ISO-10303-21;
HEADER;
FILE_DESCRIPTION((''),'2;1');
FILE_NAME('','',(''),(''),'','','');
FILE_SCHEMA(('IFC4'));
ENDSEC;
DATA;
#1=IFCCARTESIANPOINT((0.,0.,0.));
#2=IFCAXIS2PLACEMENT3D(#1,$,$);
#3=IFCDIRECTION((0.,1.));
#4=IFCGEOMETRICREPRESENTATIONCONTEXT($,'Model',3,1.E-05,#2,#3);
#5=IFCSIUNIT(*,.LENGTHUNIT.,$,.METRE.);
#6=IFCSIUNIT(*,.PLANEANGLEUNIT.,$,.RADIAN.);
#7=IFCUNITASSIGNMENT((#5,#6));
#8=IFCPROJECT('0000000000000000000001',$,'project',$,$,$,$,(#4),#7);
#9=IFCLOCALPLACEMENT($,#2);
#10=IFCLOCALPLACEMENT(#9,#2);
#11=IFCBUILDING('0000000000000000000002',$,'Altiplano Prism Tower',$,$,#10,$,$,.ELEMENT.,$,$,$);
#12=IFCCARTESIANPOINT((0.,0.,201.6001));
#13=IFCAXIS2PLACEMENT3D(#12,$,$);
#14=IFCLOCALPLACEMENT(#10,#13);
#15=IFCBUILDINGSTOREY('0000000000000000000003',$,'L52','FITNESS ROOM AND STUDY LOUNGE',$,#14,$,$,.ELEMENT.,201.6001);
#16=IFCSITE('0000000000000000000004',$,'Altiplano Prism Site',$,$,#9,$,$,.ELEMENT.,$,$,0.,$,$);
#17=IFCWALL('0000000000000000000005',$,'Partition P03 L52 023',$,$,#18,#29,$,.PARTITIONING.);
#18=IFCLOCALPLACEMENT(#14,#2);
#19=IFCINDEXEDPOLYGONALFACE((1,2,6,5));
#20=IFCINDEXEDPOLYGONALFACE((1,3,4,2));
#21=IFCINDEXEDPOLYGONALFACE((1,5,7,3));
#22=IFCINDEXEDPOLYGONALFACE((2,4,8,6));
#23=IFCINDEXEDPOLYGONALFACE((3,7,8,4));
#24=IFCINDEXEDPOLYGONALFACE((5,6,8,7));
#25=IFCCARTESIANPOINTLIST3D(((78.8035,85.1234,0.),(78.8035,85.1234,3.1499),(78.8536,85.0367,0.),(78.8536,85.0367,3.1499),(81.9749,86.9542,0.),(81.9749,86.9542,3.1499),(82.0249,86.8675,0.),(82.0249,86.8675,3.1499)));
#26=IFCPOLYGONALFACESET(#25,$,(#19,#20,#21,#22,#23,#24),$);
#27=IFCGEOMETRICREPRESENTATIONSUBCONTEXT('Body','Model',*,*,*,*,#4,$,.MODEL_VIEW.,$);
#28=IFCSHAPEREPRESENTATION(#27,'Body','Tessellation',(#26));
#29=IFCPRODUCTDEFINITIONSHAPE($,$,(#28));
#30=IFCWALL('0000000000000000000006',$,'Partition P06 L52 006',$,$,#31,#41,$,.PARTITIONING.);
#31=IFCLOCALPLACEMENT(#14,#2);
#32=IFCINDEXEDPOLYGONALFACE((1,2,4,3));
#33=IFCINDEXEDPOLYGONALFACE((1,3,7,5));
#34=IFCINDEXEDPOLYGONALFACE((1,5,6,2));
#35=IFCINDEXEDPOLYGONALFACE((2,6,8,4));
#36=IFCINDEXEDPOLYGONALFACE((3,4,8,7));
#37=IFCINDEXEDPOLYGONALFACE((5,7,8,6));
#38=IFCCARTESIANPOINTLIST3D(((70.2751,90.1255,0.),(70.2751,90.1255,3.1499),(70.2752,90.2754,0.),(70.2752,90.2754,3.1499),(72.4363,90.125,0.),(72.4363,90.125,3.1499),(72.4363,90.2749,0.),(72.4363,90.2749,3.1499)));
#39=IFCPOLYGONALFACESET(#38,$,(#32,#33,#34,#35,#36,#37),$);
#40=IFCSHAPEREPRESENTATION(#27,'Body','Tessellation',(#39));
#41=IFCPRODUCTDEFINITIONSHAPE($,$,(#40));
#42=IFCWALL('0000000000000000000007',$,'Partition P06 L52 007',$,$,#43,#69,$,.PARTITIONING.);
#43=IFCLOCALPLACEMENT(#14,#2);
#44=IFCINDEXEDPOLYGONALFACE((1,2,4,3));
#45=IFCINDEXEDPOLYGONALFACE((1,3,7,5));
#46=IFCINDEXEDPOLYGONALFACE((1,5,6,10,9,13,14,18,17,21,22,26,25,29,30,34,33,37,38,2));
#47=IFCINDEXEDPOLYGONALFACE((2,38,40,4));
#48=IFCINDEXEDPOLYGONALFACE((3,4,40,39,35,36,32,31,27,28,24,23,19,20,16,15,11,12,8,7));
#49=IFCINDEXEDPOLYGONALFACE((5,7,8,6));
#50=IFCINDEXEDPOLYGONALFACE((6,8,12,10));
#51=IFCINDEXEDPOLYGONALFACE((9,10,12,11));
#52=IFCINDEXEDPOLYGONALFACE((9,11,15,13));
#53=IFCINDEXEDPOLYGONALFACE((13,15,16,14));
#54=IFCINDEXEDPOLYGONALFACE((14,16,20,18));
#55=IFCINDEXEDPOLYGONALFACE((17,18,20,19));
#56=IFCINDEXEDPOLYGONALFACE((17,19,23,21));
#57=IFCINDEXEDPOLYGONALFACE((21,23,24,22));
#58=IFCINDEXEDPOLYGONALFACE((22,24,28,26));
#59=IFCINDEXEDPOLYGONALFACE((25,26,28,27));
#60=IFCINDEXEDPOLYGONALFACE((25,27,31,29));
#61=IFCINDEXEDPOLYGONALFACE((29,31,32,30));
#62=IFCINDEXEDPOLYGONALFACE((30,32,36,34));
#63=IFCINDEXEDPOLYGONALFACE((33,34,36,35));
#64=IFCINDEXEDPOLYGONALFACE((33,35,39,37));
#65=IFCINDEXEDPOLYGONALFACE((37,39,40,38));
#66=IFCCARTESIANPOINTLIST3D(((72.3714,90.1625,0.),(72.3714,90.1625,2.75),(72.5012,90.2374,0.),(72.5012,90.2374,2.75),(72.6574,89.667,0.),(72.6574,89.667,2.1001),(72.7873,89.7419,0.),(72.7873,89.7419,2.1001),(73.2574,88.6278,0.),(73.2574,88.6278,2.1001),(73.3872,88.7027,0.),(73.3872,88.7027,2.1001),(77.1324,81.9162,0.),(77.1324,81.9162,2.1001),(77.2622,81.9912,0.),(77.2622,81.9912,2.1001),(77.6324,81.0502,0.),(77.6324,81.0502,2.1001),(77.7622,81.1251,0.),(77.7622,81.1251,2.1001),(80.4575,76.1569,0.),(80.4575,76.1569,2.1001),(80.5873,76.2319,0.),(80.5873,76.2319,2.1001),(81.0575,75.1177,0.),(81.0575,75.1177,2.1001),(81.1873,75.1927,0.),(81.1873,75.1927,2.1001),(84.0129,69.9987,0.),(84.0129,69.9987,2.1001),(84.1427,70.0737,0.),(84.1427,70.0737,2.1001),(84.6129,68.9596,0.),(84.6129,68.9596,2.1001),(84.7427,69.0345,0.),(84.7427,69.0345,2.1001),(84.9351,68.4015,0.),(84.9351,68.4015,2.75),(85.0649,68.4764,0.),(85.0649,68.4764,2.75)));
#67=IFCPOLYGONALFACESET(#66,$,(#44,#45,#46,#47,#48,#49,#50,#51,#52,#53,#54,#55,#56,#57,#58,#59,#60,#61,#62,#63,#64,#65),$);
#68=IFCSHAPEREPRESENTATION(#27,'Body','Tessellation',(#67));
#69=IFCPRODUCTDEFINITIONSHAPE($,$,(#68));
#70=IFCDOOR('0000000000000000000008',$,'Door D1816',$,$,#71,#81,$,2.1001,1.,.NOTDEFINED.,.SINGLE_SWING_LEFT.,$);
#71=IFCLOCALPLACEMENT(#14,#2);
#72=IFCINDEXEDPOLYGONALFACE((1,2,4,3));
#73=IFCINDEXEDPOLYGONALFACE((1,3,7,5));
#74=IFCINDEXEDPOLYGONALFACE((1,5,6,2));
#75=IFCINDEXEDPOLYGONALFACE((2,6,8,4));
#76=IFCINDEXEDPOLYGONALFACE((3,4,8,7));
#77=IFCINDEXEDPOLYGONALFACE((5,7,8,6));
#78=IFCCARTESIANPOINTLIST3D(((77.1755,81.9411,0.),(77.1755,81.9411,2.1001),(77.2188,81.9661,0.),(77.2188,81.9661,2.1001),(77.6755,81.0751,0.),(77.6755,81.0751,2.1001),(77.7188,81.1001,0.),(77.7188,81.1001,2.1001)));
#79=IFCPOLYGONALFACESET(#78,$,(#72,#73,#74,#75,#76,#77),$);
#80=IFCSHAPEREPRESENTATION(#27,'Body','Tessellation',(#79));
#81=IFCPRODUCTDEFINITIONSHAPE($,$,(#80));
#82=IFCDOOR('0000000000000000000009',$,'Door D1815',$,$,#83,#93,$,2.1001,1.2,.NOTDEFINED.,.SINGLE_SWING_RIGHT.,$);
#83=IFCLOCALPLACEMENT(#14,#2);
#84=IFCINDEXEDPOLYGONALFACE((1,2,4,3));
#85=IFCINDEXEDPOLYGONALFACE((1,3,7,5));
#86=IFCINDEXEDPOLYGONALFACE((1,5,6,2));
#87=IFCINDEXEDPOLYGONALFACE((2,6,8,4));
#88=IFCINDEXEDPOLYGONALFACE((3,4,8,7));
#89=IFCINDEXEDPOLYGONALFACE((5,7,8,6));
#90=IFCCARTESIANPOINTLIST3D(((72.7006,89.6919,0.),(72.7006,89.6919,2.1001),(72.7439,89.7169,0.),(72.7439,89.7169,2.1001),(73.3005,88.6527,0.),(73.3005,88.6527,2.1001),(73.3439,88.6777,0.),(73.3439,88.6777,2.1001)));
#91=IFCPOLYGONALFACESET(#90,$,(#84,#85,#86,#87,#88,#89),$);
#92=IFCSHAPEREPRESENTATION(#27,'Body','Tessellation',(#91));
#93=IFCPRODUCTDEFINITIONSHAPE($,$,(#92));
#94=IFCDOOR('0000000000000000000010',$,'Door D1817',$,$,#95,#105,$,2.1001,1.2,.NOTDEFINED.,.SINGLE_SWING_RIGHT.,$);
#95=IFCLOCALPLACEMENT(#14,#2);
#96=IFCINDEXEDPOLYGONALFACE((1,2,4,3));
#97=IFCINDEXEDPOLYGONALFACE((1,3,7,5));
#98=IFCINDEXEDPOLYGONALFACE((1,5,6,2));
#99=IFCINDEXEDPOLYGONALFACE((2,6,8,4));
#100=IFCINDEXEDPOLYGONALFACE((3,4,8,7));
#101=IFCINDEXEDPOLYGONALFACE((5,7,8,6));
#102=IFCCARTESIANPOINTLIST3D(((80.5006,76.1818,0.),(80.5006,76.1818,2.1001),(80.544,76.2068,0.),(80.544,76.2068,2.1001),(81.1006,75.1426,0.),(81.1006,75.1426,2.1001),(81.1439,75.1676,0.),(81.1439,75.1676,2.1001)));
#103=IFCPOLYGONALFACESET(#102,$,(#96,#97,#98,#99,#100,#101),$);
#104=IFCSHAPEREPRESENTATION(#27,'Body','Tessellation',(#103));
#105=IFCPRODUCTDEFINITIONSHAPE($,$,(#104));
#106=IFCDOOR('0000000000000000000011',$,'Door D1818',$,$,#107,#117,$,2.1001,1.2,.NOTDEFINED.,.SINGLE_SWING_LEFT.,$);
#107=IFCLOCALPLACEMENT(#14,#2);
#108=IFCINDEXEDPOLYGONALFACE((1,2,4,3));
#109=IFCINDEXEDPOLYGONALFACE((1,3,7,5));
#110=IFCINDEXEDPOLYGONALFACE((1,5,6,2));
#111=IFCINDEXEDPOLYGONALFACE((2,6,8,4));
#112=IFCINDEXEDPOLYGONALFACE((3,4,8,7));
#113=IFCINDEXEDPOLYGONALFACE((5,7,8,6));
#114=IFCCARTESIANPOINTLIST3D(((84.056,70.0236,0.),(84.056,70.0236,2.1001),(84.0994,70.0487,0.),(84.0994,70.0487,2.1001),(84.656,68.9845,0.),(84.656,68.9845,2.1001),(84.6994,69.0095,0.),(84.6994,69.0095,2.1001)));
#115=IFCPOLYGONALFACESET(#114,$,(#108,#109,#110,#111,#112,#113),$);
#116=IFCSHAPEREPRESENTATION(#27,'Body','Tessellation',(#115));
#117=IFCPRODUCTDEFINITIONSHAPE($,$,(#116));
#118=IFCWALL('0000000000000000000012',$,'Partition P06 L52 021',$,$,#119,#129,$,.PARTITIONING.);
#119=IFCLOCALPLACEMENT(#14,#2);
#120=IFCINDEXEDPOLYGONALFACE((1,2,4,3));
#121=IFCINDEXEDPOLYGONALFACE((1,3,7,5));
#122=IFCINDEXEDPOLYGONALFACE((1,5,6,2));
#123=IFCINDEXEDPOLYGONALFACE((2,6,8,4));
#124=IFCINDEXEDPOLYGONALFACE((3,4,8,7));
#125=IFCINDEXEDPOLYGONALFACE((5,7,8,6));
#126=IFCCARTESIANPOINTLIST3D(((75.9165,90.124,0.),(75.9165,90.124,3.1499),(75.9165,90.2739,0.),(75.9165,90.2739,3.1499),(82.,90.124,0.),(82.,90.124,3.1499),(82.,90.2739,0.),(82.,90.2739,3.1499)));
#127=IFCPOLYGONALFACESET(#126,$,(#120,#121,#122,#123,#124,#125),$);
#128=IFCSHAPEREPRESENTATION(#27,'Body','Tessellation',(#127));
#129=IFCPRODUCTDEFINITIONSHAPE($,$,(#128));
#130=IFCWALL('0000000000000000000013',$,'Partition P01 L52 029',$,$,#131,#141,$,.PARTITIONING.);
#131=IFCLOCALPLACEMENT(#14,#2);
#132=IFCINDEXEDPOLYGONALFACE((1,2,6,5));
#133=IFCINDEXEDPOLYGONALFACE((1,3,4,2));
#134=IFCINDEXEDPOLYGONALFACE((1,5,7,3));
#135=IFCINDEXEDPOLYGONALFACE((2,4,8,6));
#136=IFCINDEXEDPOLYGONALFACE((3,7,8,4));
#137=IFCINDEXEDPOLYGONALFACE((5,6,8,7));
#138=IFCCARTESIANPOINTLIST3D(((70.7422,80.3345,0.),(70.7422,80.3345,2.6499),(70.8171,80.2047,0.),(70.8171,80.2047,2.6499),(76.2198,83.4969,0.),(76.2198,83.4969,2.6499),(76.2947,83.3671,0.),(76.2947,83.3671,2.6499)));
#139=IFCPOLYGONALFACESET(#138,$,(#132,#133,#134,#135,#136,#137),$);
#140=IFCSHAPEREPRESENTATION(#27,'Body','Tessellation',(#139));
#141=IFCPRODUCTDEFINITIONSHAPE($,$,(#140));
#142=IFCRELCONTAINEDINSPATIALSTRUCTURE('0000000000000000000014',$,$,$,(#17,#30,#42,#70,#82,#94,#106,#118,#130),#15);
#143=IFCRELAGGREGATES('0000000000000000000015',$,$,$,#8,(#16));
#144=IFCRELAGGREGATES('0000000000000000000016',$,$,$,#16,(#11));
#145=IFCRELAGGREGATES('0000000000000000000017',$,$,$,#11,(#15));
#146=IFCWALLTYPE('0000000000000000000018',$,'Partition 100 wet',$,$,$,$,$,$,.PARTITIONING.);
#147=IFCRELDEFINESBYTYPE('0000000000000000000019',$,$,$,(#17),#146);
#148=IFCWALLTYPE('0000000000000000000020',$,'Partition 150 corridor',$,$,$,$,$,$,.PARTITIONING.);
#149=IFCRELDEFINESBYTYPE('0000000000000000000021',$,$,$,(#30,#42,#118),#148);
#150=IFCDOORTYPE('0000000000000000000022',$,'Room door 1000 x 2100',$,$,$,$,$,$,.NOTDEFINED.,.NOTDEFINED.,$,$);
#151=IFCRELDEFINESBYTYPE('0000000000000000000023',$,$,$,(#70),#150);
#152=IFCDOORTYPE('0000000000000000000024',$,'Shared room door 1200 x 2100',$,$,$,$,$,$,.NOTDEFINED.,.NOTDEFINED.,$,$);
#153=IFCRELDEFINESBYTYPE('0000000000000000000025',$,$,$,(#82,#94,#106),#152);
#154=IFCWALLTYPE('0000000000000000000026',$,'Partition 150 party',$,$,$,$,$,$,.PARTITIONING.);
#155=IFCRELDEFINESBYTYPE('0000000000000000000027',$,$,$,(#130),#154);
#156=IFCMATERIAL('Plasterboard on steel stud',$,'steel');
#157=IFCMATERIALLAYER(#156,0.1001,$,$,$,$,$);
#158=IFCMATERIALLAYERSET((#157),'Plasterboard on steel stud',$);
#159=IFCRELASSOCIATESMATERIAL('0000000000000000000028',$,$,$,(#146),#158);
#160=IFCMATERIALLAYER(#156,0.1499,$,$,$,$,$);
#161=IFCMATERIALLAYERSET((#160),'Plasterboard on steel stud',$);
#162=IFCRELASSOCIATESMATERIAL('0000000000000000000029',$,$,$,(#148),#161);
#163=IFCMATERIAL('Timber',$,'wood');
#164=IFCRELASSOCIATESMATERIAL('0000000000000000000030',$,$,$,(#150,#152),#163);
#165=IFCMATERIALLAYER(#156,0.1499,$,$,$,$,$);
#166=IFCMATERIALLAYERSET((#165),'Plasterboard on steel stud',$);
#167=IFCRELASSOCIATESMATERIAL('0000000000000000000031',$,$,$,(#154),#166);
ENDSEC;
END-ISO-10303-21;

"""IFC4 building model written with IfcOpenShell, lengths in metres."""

from ifc_helpers import new_model, si_unit, direction, frame, frame_2d, origin, place, context, subcontext, project, spatial, rectangle, extrude, material, layer, layer_set, type_object, element, fill, save


model = new_model("IFC4")

# Units and contexts
model_context = context("Model", 3, precision=1e-05, world=origin(), true_north=direction((0.0, 1.0)))
body_context = subcontext(model_context, "Body", "Model", "MODEL_VIEW")
ifc_project = project(units=[si_unit("LENGTHUNIT", "METRE"), si_unit("PLANEANGLEUNIT", "RADIAN")], contexts=[model_context])

# Site, building, storey
site_placement = place(None, origin())
site = spatial("IfcSite", under=ifc_project, at=site_placement, Name="Altiplano Prism Site", CompositionType="ELEMENT", RefElevation=0.0)
building_placement = place(site_placement, origin())
building = spatial("IfcBuilding", under=site, at=building_placement, Name="Altiplano Prism Tower", CompositionType="ELEMENT")
storey_placement = place(building_placement, frame((0.0, 0.0, 201.6001)))
storey = spatial("IfcBuildingStorey", under=building, at=storey_placement, Name="L52", Description="FITNESS ROOM AND STUDY LOUNGE", CompositionType="ELEMENT", Elevation=201.6001)

# Walls
ifc_material_1 = material(Name="Plasterboard on steel stud", Category="steel")
ifc_layer_1 = layer(ifc_material_1, 0.1001)
ifc_layer_set_1 = layer_set([ifc_layer_1], Name="Plasterboard on steel stud")
wall_type_1 = type_object("IfcWallType", Name="Partition 100 wet", PredefinedType="PARTITIONING", material=ifc_layer_set_1)
wall_1_placement = place(storey_placement, frame((82.0, 86.9109, 0.0), z_axis=(0.0, 0.0, 1.0), x_axis=(-0.866048, -0.499961, 0.0)))
element("IfcWall", 1, at=wall_1_placement, inside=storey, type_object=wall_type_1, Name="Partition P03 L52 023", PredefinedType="PARTITIONING", context=body_context, shape_type="SweptSolid", body=[
    extrude(rectangle(XDim=3.6619, YDim=0.1001, at=frame_2d((1.8311, 0.0))), origin(), (0.0, 0.0, 1.0), 3.1499),
])
ifc_layer_2 = layer(ifc_material_1, 0.1499)
ifc_layer_set_2 = layer_set([ifc_layer_2], Name="Plasterboard on steel stud")
wall_type_2 = type_object("IfcWallType", Name="Partition 150 corridor", PredefinedType="PARTITIONING", material=ifc_layer_set_2)
wall_2_placement = place(storey_placement, frame((70.2751, 90.2004, 0.0), z_axis=(0.0, 0.0, 1.0), x_axis=(1.0, -0.000226, 0.0)))
element("IfcWall", 2, at=wall_2_placement, inside=storey, type_object=wall_type_2, Name="Partition P06 L52 006", PredefinedType="PARTITIONING", context=body_context, shape_type="SweptSolid", body=[
    extrude(rectangle(XDim=2.1611, YDim=0.1499, at=frame_2d((1.0806, 0.0))), origin(), (0.0, 0.0, 1.0), 3.1499),
])

# Wall, openings, doors
wall_3_placement = place(storey_placement, frame((72.4363, 90.2, 0.0), z_axis=(0.0, 0.0, 1.0), x_axis=(0.5, -0.866025, 0.0)))
wall_3 = element("IfcWall", 3, at=wall_3_placement, inside=storey, type_object=wall_type_2, Name="Partition P06 L52 007", PredefinedType="PARTITIONING", context=body_context, shape_type="SweptSolid", body=[
    extrude(rectangle(XDim=25.1274, YDim=0.1499, at=frame_2d((12.5637, 0.0))), origin(), (0.0, 0.0, 1.0), 2.75),
])
opening_1_placement = place(wall_3_placement, frame((0.572, 0.0, 0.0)))
opening_1 = element("IfcOpeningElement", 4, at=opening_1_placement, cuts=wall_3, PredefinedType="OPENING", context=body_context, shape_type="SweptSolid", body=[
    extrude(rectangle(XDim=1.2, YDim=2.1001, at=frame_2d((0.6001, 1.05))), frame((0.0, 0.0854, 0.0), z_axis=(0.0, -1.0, 0.0), x_axis=(1.0, 0.0, 0.0)), (0.0, 0.0, 1.0), 0.1709),
])
opening_2_placement = place(wall_3_placement, frame((9.522, 0.0, 0.0)))
opening_2 = element("IfcOpeningElement", 5, at=opening_2_placement, cuts=wall_3, PredefinedType="OPENING", context=body_context, shape_type="SweptSolid", body=[
    extrude(rectangle(XDim=1.0, YDim=2.1001, at=frame_2d((0.5, 1.05))), frame((0.0, 0.0854, 0.0), z_axis=(0.0, -1.0, 0.0), x_axis=(1.0, 0.0, 0.0)), (0.0, 0.0, 1.0), 0.1709),
])
opening_3_placement = place(wall_3_placement, frame((16.1721, 0.0, 0.0)))
opening_3 = element("IfcOpeningElement", 6, at=opening_3_placement, cuts=wall_3, PredefinedType="OPENING", context=body_context, shape_type="SweptSolid", body=[
    extrude(rectangle(XDim=1.2, YDim=2.1001, at=frame_2d((0.6001, 1.05))), frame((0.0, 0.0854, 0.0), z_axis=(0.0, -1.0, 0.0), x_axis=(1.0, 0.0, 0.0)), (0.0, 0.0, 1.0), 0.1709),
])
opening_4_placement = place(wall_3_placement, frame((23.283, 0.0, 0.0)))
opening_4 = element("IfcOpeningElement", 7, at=opening_4_placement, cuts=wall_3, PredefinedType="OPENING", context=body_context, shape_type="SweptSolid", body=[
    extrude(rectangle(XDim=1.2, YDim=2.1001, at=frame_2d((0.6001, 1.05))), frame((0.0, 0.0854, 0.0), z_axis=(0.0, -1.0, 0.0), x_axis=(1.0, 0.0, 0.0)), (0.0, 0.0, 1.0), 0.1709),
])
ifc_material_2 = material(Name="Timber", Category="wood")
door_type_1 = type_object("IfcDoorType", Name="Room door 1000 x 2100", OperationType="NOTDEFINED", PredefinedType="NOTDEFINED", material=ifc_material_2)
door_1_placement = place(opening_2_placement, origin())
door_1 = element("IfcDoor", 8, at=door_1_placement, inside=storey, type_object=door_type_1, Name="Door D1816", OperationType="SINGLE_SWING_LEFT", OverallHeight=2.1001, OverallWidth=1.0, PredefinedType="NOTDEFINED", context=body_context, shape_type="SweptSolid", body=[
    extrude(rectangle(XDim=1.0, YDim=2.1001, at=frame_2d((0.5, 1.05))), frame((0.0, 0.0249, 0.0), z_axis=(0.0, -1.0, 0.0), x_axis=(1.0, 0.0, 0.0)), (0.0, 0.0, 1.0), 0.05),
])
fill(opening_2, door_1)
door_type_2 = type_object("IfcDoorType", Name="Shared room door 1200 x 2100", OperationType="NOTDEFINED", PredefinedType="NOTDEFINED", material=ifc_material_2)
door_2_placement = place(opening_1_placement, origin())
door_2 = element("IfcDoor", 9, at=door_2_placement, inside=storey, type_object=door_type_2, Name="Door D1815", OperationType="SINGLE_SWING_RIGHT", OverallHeight=2.1001, OverallWidth=1.2, PredefinedType="NOTDEFINED", context=body_context, shape_type="SweptSolid", body=[
    extrude(rectangle(XDim=1.2, YDim=2.1001, at=frame_2d((0.6001, 1.05))), frame((0.0, 0.0249, 0.0), z_axis=(0.0, -1.0, 0.0), x_axis=(1.0, 0.0, 0.0)), (0.0, 0.0, 1.0), 0.05),
])
fill(opening_1, door_2)
door_3_placement = place(opening_3_placement, origin())
door_3 = element("IfcDoor", 10, at=door_3_placement, inside=storey, type_object=door_type_2, Name="Door D1817", OperationType="SINGLE_SWING_RIGHT", OverallHeight=2.1001, OverallWidth=1.2, PredefinedType="NOTDEFINED", context=body_context, shape_type="SweptSolid", body=[
    extrude(rectangle(XDim=1.2, YDim=2.1001, at=frame_2d((0.6001, 1.05))), frame((0.0, 0.0249, 0.0), z_axis=(0.0, -1.0, 0.0), x_axis=(1.0, 0.0, 0.0)), (0.0, 0.0, 1.0), 0.05),
])
fill(opening_3, door_3)
door_4_placement = place(opening_4_placement, origin())
door_4 = element("IfcDoor", 11, at=door_4_placement, inside=storey, type_object=door_type_2, Name="Door D1818", OperationType="SINGLE_SWING_LEFT", OverallHeight=2.1001, OverallWidth=1.2, PredefinedType="NOTDEFINED", context=body_context, shape_type="SweptSolid", body=[
    extrude(rectangle(XDim=1.2, YDim=2.1001, at=frame_2d((0.6001, 1.05))), frame((0.0, 0.0249, 0.0), z_axis=(0.0, -1.0, 0.0), x_axis=(1.0, 0.0, 0.0)), (0.0, 0.0, 1.0), 0.05),
])
fill(opening_4, door_4)

# Walls
wall_4_placement = place(storey_placement, frame((75.9165, 90.199, 0.0), z_axis=(0.0, 0.0, 1.0), x_axis=(1.0, 0.0, 0.0)))
element("IfcWall", 12, at=wall_4_placement, inside=storey, type_object=wall_type_2, Name="Partition P06 L52 021", PredefinedType="PARTITIONING", context=body_context, shape_type="SweptSolid", body=[
    extrude(rectangle(XDim=6.0835, YDim=0.1499, at=frame_2d((3.0417, 0.0))), origin(), (0.0, 0.0, 1.0), 3.1499),
])
ifc_layer_3 = layer(ifc_material_1, 0.1499)
ifc_layer_set_3 = layer_set([ifc_layer_3], Name="Plasterboard on steel stud")
wall_type_3 = type_object("IfcWallType", Name="Partition 150 party", PredefinedType="PARTITIONING", material=ifc_layer_set_3)
wall_5_placement = place(storey_placement, frame((70.7795, 80.2695, 0.0), z_axis=(0.0, 0.0, 1.0), x_axis=(0.866033, 0.499988, 0.0)))
element("IfcWall", 13, at=wall_5_placement, inside=storey, type_object=wall_type_3, Name="Partition P01 L52 029", PredefinedType="PARTITIONING", context=body_context, shape_type="SweptSolid", body=[
    extrude(rectangle(XDim=6.325, YDim=0.1499, at=frame_2d((3.1626, 0.0))), origin(), (0.0, 0.0, 1.0), 2.6499),
])

save(model, "model.ifc")
